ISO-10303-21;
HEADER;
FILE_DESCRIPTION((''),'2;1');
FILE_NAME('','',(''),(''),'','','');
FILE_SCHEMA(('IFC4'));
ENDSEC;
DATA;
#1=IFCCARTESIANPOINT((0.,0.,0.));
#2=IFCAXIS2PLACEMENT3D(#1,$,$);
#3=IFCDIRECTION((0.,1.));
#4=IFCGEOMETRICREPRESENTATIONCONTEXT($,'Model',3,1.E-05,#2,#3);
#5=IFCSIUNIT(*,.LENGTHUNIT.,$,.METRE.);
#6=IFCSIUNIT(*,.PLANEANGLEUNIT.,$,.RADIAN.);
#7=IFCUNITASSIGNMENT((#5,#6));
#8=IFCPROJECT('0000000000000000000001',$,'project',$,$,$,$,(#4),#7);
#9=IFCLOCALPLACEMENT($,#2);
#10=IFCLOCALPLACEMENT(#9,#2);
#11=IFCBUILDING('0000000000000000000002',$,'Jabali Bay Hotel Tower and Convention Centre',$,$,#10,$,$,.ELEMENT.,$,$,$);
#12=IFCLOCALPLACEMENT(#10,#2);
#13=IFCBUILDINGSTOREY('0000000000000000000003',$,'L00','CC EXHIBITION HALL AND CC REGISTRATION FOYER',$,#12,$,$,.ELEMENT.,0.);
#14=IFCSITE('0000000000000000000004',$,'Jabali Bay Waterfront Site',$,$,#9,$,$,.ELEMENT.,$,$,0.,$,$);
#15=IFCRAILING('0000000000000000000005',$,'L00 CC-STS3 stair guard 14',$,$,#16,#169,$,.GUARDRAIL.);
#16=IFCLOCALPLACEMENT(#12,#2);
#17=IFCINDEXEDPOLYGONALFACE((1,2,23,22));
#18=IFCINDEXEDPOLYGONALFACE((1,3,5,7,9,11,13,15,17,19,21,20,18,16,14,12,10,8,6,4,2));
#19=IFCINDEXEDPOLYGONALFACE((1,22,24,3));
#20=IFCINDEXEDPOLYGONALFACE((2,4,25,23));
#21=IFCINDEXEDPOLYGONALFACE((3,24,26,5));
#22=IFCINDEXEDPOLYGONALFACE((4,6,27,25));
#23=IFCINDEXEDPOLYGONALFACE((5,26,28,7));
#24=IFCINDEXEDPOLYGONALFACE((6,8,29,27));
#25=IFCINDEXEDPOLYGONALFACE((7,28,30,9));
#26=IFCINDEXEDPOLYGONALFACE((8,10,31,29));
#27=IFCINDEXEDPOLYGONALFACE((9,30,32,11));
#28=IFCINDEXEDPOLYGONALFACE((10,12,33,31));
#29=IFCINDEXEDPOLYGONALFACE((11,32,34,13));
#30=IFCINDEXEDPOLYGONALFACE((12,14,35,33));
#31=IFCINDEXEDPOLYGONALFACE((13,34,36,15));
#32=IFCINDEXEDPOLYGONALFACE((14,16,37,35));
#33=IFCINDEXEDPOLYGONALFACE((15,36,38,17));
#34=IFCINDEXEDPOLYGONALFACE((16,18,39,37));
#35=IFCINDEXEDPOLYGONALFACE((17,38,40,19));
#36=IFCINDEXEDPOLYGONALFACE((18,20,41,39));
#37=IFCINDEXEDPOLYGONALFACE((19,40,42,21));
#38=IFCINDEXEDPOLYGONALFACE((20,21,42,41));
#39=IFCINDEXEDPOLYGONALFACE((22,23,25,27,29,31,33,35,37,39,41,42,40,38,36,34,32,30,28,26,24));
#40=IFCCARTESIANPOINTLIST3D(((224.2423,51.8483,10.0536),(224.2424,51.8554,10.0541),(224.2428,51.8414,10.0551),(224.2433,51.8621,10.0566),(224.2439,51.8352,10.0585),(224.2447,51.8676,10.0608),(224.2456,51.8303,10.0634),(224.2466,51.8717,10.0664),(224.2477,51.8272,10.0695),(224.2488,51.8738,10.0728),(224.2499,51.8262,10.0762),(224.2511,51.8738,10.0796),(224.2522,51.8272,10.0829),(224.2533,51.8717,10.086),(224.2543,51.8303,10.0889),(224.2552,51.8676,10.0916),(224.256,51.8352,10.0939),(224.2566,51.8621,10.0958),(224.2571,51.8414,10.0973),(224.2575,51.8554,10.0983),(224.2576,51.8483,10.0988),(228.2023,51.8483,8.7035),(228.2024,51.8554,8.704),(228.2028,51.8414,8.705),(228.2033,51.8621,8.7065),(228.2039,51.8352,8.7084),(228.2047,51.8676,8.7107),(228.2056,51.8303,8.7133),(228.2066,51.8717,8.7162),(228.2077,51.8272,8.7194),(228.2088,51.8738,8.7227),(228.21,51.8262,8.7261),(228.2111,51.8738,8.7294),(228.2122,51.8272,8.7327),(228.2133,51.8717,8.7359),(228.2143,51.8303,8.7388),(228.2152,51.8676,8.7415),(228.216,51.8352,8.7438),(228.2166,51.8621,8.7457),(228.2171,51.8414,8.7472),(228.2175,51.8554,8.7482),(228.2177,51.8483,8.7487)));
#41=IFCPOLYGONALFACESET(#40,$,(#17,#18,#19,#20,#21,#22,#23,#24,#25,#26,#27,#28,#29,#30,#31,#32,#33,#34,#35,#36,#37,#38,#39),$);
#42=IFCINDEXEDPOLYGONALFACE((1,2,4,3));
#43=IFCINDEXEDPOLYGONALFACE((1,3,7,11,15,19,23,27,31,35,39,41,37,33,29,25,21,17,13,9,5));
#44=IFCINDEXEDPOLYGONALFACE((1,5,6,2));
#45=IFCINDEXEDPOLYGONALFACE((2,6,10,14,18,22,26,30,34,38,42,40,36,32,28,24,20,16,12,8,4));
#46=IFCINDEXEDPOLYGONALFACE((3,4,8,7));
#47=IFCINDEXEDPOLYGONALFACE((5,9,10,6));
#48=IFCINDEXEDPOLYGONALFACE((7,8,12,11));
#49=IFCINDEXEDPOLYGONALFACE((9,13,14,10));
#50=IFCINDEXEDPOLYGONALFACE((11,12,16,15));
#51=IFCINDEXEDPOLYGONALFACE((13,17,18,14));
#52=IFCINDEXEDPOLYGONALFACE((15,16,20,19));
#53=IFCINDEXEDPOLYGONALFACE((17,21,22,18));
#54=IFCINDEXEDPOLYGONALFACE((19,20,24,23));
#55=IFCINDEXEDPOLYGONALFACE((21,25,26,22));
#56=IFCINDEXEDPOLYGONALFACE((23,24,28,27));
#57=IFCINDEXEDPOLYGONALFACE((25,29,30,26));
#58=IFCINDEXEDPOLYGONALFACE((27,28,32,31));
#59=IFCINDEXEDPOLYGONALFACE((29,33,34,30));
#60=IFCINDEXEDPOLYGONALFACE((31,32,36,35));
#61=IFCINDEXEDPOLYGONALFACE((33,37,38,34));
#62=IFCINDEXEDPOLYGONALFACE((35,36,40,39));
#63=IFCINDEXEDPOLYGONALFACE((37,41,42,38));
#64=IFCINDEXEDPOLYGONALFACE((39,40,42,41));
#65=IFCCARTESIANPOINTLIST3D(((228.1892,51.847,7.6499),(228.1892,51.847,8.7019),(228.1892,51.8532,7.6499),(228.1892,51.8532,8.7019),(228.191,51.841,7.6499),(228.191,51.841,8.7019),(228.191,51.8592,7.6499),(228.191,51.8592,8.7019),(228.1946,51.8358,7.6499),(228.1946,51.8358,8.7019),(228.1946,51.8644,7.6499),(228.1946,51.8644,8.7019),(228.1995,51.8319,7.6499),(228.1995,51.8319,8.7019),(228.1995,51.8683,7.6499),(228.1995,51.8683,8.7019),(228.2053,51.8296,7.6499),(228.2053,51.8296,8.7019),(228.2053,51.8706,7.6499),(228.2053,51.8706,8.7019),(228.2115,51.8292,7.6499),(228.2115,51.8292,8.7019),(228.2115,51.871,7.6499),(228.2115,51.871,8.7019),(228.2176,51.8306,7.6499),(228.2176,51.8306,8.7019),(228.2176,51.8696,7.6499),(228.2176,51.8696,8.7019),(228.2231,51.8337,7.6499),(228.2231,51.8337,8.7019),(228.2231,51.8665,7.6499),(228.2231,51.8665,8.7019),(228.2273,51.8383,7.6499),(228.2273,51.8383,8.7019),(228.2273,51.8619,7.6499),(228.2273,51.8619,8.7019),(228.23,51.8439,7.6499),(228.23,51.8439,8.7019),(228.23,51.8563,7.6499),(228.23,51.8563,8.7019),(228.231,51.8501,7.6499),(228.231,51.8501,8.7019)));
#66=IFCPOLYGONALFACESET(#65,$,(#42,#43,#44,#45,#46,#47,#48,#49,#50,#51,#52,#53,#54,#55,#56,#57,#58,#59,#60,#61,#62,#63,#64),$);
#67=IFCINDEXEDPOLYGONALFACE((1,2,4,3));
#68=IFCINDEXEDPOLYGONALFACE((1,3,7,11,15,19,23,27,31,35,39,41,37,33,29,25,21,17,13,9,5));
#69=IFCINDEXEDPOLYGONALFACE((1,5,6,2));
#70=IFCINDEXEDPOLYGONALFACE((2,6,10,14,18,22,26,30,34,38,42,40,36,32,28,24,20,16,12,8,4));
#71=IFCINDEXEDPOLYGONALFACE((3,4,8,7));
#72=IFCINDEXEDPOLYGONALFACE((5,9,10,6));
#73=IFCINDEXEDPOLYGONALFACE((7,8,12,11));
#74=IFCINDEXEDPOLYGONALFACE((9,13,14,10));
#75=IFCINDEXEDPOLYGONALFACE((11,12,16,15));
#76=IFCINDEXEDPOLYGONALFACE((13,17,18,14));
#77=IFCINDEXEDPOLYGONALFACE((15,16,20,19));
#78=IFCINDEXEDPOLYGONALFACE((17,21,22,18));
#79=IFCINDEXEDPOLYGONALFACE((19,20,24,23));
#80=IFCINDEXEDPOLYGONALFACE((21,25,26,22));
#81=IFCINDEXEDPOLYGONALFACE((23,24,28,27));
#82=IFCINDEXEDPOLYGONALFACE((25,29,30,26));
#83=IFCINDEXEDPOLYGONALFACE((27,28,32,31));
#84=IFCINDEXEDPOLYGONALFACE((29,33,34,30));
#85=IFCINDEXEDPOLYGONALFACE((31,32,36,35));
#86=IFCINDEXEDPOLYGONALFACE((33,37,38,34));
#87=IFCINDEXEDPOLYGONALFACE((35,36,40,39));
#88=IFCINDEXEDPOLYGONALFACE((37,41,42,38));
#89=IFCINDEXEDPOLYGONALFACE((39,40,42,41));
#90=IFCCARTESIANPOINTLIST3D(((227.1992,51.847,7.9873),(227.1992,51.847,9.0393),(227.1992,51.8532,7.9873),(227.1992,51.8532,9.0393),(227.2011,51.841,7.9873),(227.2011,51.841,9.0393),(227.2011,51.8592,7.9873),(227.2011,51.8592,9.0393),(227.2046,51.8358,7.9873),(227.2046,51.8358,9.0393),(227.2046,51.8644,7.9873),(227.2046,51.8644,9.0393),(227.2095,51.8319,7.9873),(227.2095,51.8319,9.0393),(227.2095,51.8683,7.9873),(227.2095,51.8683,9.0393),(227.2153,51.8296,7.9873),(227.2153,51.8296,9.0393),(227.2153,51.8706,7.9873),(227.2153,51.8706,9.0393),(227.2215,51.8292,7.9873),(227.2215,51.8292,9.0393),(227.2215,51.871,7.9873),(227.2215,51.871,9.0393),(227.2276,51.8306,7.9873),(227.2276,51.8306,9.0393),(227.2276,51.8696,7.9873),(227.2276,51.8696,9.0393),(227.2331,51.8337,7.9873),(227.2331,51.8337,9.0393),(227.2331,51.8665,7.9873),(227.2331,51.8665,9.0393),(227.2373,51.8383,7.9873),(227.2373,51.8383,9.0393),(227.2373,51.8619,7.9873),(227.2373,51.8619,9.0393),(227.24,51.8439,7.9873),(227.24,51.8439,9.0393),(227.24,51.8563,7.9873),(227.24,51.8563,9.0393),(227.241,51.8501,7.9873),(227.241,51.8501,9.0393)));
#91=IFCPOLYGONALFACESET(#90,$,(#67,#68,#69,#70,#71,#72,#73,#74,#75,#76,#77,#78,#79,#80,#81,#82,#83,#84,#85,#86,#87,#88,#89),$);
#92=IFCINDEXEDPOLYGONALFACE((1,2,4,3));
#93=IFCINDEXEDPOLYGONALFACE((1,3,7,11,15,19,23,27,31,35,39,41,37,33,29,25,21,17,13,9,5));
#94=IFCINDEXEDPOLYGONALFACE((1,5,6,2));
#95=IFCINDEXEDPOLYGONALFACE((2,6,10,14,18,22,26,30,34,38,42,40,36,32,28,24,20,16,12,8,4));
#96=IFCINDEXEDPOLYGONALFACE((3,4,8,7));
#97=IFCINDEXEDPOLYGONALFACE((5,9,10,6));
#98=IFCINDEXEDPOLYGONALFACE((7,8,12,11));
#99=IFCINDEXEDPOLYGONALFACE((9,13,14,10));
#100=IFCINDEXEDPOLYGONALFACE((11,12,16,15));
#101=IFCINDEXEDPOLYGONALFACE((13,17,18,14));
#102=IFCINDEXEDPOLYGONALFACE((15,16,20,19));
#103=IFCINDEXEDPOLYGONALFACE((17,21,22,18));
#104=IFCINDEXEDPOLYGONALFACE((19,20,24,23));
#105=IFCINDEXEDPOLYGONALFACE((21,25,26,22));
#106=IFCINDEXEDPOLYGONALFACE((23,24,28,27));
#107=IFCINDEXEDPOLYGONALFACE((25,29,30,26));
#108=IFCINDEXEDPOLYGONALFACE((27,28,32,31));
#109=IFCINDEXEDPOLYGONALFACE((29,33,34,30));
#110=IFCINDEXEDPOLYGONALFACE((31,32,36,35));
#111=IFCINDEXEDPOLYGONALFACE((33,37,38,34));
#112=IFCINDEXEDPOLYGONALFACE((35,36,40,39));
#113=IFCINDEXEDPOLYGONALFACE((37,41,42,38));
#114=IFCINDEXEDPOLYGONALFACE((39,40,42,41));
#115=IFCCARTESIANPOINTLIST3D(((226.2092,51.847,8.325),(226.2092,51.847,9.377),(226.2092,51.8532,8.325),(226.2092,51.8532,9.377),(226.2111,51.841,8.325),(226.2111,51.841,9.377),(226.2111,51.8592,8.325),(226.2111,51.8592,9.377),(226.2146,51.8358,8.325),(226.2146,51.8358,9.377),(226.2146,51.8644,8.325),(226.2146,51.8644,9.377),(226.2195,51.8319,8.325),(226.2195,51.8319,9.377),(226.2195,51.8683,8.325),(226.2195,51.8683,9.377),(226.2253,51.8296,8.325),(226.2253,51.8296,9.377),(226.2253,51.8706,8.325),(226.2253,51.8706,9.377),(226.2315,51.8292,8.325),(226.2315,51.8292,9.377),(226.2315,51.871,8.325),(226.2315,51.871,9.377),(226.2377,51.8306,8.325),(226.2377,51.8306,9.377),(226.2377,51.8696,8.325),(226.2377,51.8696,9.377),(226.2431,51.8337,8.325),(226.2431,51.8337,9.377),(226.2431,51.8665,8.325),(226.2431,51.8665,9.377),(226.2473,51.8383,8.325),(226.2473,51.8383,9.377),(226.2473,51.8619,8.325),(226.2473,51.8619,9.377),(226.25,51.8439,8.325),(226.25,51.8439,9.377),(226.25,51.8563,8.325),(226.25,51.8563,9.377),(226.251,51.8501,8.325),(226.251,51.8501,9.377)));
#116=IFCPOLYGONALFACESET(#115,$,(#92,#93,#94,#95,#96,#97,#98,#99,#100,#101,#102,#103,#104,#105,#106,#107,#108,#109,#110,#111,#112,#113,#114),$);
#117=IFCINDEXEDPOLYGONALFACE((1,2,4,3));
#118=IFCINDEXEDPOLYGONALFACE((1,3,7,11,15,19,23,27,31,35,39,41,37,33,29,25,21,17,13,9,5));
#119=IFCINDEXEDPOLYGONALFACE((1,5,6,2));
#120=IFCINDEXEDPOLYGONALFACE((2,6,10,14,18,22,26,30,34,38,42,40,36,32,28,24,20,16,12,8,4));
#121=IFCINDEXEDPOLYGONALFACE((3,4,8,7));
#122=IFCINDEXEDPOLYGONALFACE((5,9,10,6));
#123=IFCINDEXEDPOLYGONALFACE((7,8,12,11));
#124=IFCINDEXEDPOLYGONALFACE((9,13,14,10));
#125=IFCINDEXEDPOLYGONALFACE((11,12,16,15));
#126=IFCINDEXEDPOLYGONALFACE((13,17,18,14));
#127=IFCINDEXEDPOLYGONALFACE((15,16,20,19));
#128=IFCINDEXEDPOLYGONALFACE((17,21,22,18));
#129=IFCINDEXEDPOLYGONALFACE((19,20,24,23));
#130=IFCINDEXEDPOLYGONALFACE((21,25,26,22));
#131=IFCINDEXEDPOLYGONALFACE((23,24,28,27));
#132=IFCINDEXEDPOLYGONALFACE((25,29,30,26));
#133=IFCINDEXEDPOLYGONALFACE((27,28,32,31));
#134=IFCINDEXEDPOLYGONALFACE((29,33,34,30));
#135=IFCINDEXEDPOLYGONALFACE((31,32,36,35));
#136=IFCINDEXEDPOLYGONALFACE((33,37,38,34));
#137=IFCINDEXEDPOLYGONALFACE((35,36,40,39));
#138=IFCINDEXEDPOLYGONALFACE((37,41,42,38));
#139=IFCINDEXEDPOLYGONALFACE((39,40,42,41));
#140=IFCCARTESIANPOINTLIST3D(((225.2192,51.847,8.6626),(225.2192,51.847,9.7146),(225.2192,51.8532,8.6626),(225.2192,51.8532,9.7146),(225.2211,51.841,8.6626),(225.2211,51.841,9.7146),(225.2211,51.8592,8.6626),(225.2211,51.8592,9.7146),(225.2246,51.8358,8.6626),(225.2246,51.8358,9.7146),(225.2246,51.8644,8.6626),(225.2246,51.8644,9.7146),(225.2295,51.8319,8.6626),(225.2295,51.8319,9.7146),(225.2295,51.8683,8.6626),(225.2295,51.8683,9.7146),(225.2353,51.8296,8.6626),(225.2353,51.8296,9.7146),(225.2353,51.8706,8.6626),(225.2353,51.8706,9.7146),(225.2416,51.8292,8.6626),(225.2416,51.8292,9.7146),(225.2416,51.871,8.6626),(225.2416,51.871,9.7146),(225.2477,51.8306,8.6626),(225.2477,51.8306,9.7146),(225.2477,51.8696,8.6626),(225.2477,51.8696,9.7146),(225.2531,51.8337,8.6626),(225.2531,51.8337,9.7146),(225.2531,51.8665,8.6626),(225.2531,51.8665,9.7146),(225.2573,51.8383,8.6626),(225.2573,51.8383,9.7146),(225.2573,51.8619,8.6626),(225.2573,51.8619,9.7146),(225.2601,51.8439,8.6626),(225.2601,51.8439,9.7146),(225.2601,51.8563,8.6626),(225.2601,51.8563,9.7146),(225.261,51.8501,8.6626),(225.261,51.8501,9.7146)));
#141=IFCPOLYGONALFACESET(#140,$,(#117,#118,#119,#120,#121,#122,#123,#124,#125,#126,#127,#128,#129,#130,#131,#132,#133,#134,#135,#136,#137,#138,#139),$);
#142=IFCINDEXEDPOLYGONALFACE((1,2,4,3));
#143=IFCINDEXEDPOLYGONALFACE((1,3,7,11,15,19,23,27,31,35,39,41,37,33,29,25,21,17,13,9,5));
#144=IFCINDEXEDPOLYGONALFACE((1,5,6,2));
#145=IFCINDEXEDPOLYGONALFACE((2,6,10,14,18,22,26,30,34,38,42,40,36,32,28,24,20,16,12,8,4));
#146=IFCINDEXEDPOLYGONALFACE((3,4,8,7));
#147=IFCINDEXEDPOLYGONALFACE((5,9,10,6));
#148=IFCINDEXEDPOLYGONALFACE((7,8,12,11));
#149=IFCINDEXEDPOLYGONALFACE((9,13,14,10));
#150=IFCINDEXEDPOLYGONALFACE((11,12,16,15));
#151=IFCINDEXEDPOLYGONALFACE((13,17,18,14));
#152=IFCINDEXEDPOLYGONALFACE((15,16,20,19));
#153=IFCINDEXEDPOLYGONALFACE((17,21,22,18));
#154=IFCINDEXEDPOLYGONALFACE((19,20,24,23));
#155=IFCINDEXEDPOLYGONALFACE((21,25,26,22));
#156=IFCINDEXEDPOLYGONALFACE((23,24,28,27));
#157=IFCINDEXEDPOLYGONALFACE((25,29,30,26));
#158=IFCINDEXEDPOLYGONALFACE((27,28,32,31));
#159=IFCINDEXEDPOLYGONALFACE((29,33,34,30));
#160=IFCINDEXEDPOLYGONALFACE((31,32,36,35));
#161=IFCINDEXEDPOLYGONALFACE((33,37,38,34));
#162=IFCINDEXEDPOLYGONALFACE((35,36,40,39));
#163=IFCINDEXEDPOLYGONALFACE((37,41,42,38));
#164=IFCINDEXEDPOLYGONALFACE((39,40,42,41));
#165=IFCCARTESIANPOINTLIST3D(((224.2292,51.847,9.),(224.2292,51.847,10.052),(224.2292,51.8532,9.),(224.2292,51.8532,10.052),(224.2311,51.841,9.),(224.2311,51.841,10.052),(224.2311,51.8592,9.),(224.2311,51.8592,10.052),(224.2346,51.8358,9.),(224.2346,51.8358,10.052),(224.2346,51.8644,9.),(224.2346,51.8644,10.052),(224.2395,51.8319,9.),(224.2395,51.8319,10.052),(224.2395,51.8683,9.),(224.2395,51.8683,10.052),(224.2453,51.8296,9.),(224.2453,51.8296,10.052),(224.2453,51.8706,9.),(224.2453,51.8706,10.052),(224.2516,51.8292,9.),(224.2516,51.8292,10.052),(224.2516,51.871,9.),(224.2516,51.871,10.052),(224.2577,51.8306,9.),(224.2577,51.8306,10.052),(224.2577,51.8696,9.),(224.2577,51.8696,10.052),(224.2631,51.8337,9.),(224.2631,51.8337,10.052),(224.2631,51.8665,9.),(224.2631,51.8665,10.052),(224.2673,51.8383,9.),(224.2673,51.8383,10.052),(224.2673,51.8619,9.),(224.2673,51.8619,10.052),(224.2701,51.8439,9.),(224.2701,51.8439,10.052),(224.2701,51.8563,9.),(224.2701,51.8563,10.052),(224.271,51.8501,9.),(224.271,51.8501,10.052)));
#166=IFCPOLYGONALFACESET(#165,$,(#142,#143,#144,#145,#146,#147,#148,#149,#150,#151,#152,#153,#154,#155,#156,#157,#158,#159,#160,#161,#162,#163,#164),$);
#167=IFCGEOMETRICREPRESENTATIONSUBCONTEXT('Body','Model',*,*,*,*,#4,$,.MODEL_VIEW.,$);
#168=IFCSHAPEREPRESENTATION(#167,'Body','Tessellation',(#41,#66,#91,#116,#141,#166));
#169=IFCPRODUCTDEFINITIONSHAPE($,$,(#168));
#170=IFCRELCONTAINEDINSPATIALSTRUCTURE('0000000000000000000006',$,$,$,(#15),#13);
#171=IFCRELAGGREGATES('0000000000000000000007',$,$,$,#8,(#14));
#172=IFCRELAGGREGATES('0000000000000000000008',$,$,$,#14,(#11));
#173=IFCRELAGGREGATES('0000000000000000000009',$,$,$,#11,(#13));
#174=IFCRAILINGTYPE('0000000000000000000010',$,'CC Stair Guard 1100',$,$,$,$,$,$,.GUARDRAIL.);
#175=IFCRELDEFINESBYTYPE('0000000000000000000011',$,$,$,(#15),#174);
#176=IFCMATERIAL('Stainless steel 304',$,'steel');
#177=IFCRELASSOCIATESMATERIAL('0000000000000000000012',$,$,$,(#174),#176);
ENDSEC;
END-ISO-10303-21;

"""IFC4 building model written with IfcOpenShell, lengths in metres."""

from ifc_helpers import new_model, si_unit, direction, frame, origin, origin_2d, place, context, subcontext, project, spatial, circle, extrude, material, type_object, element, save


model = new_model("IFC4")

# Units and contexts
model_context = context("Model", 3, precision=1e-05, world=origin(), true_north=direction((0.0, 1.0)))
body_context = subcontext(model_context, "Body", "Model", "MODEL_VIEW")
ifc_project = project(units=[si_unit("LENGTHUNIT", "METRE"), si_unit("PLANEANGLEUNIT", "RADIAN")], contexts=[model_context])

# Site, building, storey
site_placement = place(None, origin())
site = spatial("IfcSite", under=ifc_project, at=site_placement, Name="Jabali Bay Waterfront Site", CompositionType="ELEMENT", RefElevation=0.0)
building_placement = place(site_placement, origin())
building = spatial("IfcBuilding", under=site, at=building_placement, Name="Jabali Bay Hotel Tower and Convention Centre", CompositionType="ELEMENT")
storey_placement = place(building_placement, origin())
storey = spatial("IfcBuildingStorey", under=building, at=storey_placement, Name="L00", Description="CC EXHIBITION HALL AND CC REGISTRATION FOYER", CompositionType="ELEMENT", Elevation=0.0)

# Railing
ifc_material_1 = material(Name="Stainless steel 304", Category="steel")
railing_type_1 = type_object("IfcRailingType", Name="CC Stair Guard 1100", PredefinedType="GUARDRAIL", material=ifc_material_1)
railing_1_placement = place(storey_placement, frame((228.21, 51.8501, 7.6499)))
element("IfcRailing", 1, at=railing_1_placement, inside=storey, type_object=railing_type_1, Name="L00 CC-STS3 stair guard 14", PredefinedType="GUARDRAIL", context=body_context, shape_type="SweptSolid", body=[
    extrude(circle(Radius=0.0239, at=origin_2d()), frame((0.0, 0.0, 1.0762), z_axis=(-0.946502, 0.0, 0.322698), x_axis=(0.0, -1.0, 0.0)), (0.0, 0.0, 1.0), 4.1838),
    extrude(circle(Radius=0.021, at=origin_2d()), origin(), (0.0, 0.0, 1.0), 1.052),
    extrude(circle(Radius=0.021, at=origin_2d()), frame((-0.99, 0.0, 0.3374)), (0.0, 0.0, 1.0), 1.052),
    extrude(circle(Radius=0.021, at=origin_2d()), frame((-1.98, 0.0, 0.675)), (0.0, 0.0, 1.0), 1.052),
    extrude(circle(Radius=0.021, at=origin_2d()), frame((-2.97, 0.0, 1.0127)), (0.0, 0.0, 1.0), 1.052),
    extrude(circle(Radius=0.021, at=origin_2d()), frame((-3.96, 0.0, 1.3501)), (0.0, 0.0, 1.0), 1.052),
])

save(model, "model.ifc")
